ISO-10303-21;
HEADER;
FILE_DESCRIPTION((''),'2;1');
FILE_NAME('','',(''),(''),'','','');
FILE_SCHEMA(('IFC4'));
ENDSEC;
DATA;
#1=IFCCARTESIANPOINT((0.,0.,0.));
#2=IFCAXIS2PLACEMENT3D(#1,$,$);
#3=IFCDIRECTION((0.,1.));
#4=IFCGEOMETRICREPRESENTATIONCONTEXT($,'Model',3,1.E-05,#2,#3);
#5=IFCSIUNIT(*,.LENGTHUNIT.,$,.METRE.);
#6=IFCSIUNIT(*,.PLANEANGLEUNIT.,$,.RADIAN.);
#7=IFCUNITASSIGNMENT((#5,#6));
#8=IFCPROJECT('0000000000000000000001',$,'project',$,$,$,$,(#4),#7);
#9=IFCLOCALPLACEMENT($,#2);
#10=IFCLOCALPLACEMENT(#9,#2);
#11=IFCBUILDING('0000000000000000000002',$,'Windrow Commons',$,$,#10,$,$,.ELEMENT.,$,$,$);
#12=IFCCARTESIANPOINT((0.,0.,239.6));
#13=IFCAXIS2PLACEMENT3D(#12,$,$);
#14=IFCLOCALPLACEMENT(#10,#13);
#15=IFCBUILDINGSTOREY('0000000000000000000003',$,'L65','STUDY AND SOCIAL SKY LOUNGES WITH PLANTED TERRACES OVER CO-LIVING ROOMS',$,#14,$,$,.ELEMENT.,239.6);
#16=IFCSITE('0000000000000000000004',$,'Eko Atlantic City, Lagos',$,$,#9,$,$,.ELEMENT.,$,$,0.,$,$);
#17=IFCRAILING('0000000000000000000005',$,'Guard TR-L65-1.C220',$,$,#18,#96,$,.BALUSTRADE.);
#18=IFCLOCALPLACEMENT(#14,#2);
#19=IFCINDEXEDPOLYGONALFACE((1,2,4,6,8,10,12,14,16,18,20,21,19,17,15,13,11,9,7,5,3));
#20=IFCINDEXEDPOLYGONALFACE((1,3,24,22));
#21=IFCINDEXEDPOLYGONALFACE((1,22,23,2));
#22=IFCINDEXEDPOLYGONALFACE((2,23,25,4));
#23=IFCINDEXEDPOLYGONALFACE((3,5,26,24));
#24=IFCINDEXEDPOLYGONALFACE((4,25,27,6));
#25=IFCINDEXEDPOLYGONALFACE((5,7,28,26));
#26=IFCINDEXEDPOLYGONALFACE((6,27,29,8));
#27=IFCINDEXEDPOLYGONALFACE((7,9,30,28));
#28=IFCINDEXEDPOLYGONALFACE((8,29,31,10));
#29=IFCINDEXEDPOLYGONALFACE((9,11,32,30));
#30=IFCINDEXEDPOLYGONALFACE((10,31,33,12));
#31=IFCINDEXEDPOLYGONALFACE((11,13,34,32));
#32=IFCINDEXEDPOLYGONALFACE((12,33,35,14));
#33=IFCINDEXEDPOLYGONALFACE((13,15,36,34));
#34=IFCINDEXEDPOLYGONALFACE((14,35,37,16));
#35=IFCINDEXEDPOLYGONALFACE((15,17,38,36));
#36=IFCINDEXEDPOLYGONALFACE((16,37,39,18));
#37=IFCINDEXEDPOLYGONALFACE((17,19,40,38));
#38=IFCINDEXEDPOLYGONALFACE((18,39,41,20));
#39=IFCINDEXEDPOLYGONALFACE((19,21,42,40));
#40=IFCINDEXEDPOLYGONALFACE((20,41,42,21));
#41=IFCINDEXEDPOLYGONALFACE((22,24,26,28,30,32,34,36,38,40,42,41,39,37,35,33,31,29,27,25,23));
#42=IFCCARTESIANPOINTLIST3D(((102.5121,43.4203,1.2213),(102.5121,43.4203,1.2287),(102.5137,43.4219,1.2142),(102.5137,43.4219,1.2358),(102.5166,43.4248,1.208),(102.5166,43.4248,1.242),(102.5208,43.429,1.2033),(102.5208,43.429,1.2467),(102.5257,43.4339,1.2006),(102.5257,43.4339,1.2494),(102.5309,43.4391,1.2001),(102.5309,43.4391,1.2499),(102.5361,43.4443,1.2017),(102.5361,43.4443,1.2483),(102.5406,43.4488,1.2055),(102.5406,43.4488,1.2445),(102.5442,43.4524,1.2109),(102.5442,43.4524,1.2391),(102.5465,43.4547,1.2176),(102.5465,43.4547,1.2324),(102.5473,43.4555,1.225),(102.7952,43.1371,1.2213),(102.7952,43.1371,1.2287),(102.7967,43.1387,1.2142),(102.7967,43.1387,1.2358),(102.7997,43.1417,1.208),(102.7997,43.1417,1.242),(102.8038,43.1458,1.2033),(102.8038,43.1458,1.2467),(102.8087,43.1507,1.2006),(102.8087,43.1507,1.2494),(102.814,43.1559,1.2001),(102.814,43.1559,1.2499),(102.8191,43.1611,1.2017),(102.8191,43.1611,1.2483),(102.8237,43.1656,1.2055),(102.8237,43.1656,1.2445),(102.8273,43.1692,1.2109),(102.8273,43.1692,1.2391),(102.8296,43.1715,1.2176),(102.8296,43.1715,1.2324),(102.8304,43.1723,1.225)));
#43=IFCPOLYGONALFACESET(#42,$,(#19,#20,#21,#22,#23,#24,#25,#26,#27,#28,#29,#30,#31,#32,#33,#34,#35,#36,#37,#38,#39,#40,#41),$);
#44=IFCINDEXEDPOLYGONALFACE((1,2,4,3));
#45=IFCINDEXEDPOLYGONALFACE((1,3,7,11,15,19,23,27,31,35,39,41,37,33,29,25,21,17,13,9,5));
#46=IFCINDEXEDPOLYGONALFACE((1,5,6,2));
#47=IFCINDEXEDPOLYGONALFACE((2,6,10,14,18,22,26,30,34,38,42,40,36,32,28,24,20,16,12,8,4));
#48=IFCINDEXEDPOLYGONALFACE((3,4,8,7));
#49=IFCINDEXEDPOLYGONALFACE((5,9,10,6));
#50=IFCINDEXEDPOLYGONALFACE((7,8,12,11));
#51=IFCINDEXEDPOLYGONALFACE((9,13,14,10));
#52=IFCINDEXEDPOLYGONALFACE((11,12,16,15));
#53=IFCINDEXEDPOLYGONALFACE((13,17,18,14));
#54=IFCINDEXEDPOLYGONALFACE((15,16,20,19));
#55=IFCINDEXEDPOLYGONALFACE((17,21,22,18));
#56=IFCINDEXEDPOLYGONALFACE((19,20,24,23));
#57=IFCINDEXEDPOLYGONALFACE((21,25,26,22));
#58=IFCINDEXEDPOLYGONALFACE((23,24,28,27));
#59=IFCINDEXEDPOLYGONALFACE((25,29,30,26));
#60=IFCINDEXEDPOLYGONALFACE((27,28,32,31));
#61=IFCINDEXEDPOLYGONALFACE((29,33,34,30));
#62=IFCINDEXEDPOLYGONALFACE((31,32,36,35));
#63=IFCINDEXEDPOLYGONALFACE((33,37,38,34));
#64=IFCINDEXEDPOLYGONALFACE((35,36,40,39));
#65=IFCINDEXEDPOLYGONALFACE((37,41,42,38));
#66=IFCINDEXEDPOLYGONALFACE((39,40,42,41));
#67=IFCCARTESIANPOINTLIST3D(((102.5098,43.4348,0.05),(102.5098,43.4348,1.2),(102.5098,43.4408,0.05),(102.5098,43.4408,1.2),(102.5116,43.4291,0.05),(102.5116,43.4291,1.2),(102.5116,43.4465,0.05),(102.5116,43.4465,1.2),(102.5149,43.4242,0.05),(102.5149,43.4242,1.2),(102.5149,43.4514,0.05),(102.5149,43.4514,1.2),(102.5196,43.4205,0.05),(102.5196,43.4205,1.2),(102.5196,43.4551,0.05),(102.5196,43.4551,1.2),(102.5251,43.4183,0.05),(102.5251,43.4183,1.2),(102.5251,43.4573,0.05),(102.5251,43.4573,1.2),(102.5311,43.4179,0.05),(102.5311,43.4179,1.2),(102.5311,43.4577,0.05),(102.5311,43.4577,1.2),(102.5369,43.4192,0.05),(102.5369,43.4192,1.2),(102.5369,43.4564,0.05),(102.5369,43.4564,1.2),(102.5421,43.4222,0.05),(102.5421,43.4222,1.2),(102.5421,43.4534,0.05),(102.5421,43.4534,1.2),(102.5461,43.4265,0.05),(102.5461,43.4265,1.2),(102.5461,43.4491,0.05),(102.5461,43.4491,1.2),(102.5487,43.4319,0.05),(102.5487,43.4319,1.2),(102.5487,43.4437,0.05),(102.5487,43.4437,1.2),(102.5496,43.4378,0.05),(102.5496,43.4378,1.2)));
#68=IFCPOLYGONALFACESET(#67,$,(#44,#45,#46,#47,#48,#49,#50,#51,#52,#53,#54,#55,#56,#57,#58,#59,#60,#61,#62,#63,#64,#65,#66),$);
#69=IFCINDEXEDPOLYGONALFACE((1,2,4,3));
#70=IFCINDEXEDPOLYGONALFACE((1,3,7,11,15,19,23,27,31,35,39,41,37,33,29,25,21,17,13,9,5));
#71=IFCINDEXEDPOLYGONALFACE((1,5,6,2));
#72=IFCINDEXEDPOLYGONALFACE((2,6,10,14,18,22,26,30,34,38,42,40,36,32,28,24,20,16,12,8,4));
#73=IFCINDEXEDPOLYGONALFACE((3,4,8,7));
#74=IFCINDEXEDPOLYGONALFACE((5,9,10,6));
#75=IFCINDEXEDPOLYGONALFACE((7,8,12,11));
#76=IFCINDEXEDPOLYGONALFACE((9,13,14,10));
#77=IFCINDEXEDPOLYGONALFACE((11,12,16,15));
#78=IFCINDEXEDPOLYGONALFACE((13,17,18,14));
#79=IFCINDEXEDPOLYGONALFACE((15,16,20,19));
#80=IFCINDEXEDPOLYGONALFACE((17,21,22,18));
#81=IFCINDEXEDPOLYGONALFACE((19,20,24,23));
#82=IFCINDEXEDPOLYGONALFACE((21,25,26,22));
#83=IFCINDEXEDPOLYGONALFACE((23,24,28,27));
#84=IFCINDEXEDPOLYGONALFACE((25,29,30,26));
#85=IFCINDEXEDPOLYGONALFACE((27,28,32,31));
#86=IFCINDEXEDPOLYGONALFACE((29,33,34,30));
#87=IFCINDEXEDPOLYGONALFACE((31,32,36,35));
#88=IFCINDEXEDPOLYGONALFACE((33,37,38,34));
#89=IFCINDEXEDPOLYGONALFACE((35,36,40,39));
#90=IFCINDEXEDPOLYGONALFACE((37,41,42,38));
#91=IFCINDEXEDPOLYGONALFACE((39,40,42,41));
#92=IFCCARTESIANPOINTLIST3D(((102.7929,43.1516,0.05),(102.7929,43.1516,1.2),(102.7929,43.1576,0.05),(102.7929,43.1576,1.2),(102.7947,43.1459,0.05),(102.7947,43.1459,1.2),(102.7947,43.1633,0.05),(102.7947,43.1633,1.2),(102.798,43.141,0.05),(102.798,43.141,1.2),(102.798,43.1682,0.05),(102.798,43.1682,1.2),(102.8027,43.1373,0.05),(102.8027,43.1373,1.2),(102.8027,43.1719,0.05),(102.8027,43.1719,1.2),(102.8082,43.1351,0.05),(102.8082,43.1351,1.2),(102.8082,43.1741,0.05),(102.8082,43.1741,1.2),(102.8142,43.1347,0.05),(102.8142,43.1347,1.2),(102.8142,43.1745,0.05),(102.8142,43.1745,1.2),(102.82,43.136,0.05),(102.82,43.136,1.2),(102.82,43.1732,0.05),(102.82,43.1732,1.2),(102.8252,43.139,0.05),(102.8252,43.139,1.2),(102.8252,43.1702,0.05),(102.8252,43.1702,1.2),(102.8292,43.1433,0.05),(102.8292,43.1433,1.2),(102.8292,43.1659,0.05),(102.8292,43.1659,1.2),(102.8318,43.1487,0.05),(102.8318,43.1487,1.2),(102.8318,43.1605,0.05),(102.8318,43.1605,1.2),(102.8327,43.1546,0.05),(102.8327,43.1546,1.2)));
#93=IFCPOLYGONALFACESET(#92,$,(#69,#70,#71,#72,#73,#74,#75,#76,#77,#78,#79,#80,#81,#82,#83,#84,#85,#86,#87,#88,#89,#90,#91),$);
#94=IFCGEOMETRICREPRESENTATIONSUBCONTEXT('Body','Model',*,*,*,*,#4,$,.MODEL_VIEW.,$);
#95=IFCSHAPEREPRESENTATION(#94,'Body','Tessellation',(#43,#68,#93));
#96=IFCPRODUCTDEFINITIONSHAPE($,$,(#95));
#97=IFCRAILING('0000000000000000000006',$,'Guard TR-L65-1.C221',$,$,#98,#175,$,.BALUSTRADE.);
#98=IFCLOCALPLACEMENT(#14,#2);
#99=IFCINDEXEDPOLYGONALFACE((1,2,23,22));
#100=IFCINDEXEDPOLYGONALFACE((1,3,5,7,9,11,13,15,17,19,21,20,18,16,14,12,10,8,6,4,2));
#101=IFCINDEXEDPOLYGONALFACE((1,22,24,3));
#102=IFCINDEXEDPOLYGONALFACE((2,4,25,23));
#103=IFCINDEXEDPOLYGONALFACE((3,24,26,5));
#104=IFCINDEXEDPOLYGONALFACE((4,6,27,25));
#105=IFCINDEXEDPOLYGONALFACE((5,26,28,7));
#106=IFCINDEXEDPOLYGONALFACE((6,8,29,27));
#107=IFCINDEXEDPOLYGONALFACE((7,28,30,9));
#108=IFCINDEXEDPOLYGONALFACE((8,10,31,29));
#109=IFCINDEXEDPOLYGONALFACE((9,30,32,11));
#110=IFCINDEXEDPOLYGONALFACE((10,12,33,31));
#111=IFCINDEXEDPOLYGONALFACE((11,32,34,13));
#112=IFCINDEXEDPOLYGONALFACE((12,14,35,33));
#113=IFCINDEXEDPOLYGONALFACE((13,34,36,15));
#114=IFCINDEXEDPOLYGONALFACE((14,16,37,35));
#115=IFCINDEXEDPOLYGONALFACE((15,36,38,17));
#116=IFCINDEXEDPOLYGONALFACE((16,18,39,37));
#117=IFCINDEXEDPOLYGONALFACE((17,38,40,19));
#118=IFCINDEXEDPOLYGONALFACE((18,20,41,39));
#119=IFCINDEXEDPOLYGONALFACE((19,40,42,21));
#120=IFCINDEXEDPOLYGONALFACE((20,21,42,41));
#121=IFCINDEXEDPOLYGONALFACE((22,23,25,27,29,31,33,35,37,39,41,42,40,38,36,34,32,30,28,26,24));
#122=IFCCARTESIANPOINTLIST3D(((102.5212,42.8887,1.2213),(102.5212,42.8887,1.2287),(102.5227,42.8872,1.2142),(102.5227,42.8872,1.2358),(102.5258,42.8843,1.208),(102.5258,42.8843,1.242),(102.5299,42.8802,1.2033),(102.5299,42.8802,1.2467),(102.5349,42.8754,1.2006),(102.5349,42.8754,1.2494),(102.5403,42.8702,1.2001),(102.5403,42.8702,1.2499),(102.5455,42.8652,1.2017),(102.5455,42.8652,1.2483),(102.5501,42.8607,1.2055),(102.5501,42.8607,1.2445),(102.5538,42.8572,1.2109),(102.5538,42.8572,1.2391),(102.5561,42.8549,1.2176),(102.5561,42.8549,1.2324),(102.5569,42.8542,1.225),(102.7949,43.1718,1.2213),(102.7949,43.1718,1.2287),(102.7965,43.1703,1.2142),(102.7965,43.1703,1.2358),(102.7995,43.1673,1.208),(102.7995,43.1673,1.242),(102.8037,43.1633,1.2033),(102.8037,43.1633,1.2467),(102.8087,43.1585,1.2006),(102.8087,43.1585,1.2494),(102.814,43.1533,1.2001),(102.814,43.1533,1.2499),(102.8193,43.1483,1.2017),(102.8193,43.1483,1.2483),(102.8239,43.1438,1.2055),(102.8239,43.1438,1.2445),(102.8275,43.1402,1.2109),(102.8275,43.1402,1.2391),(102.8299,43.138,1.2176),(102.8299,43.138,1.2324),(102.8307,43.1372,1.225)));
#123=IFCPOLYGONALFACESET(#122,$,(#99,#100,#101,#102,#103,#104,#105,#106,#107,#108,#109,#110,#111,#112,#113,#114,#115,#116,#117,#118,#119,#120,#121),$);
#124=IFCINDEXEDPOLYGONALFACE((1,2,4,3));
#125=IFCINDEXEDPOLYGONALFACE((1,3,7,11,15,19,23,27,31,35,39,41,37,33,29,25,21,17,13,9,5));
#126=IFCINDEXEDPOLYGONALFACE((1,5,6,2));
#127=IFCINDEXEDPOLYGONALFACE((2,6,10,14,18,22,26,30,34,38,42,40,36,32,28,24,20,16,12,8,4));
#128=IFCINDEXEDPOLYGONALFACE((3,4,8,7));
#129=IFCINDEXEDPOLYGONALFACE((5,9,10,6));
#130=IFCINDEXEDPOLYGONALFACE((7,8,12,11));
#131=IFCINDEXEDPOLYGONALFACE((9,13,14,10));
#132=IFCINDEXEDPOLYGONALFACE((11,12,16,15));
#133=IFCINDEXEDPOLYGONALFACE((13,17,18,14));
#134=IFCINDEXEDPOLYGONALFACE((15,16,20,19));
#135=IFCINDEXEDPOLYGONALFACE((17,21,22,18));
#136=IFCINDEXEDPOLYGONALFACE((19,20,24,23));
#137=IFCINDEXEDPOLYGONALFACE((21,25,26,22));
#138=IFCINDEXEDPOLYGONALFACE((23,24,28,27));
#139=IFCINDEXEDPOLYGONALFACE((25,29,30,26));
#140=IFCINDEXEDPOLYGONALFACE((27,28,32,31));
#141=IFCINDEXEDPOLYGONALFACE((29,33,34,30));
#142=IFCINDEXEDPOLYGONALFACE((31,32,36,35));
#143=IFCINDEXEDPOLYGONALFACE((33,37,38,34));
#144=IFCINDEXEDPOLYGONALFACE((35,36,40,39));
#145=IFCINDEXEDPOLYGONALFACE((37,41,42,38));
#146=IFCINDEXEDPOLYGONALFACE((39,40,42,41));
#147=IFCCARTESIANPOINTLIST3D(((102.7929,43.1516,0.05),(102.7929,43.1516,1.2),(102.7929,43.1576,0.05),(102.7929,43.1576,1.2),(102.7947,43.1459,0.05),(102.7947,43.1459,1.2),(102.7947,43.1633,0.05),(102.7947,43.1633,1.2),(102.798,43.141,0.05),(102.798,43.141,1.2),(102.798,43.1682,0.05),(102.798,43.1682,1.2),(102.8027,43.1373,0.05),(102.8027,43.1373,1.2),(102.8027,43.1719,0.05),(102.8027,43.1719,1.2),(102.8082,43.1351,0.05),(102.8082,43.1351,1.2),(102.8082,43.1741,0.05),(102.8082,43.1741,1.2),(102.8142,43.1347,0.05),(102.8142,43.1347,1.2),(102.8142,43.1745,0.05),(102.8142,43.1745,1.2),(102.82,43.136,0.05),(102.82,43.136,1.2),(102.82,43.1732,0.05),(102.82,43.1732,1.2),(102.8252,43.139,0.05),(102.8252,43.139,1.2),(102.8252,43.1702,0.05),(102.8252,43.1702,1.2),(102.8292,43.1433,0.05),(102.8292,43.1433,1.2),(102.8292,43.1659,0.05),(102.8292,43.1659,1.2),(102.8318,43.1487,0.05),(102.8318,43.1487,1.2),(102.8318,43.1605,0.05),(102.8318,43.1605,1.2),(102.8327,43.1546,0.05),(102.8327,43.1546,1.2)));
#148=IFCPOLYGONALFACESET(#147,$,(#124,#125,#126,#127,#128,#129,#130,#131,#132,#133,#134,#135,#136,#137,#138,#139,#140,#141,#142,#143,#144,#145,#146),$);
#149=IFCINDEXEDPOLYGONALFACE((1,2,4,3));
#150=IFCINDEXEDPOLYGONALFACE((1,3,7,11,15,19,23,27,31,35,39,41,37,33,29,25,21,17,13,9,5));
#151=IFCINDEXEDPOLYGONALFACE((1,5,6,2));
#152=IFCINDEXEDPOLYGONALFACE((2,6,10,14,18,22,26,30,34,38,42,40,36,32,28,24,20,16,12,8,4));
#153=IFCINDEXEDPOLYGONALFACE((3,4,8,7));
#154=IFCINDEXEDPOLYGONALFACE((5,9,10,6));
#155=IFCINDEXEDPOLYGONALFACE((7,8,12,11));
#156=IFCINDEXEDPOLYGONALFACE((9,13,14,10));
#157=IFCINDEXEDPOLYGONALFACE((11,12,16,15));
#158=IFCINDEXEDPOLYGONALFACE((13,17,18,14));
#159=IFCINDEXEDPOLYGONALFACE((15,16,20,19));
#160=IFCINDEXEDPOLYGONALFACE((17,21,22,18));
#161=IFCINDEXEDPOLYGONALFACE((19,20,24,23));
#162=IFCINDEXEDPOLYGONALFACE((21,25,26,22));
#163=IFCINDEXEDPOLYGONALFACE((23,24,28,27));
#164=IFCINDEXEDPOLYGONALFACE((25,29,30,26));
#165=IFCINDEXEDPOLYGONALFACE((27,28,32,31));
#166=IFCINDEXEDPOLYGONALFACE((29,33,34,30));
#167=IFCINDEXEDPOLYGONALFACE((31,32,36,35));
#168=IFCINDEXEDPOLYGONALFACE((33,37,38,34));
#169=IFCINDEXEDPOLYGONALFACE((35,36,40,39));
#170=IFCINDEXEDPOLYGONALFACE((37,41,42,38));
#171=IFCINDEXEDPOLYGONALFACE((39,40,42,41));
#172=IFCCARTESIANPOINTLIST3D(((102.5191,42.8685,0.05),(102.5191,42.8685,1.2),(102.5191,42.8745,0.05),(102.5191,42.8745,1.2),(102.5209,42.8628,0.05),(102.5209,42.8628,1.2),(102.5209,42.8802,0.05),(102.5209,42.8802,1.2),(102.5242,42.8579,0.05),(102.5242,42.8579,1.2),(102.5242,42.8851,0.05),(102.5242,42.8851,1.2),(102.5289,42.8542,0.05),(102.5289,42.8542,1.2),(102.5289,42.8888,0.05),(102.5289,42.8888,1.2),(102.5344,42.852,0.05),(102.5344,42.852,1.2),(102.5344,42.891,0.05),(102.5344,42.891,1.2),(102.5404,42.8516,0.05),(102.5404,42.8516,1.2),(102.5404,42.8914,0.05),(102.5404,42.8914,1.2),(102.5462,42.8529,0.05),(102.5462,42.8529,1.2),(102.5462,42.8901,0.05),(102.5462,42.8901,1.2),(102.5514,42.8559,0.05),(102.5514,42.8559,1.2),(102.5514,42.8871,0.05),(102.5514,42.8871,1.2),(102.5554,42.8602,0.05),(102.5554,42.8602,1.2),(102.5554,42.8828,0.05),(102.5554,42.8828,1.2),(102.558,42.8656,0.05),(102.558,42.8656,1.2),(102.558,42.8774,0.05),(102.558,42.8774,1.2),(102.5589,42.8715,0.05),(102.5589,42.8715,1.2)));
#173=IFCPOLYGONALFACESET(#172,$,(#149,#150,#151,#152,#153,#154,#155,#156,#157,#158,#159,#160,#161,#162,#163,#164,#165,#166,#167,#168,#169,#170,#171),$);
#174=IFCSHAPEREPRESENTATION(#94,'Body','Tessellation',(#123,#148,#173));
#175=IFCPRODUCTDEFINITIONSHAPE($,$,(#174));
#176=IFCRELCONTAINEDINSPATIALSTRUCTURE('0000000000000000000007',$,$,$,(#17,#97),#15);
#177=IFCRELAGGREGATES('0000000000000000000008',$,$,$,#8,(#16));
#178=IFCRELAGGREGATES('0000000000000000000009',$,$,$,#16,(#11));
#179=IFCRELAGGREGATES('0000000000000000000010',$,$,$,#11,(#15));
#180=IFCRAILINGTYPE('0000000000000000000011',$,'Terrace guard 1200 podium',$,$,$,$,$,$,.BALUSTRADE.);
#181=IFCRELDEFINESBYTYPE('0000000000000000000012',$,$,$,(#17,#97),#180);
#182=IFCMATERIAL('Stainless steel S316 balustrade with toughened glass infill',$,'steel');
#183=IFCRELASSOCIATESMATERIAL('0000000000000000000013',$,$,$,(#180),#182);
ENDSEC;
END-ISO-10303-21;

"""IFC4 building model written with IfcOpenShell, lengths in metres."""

from ifc_helpers import new_model, si_unit, direction, frame, origin, origin_2d, place, context, subcontext, project, spatial, circle, extrude, material, type_object, element, save


model = new_model("IFC4")

# Units and contexts
model_context = context("Model", 3, precision=1e-05, world=origin(), true_north=direction((0.0, 1.0)))
body_context = subcontext(model_context, "Body", "Model", "MODEL_VIEW")
ifc_project = project(units=[si_unit("LENGTHUNIT", "METRE"), si_unit("PLANEANGLEUNIT", "RADIAN")], contexts=[model_context])

# Site, building, storey
site_placement = place(None, origin())
site = spatial("IfcSite", under=ifc_project, at=site_placement, Name="Eko Atlantic City, Lagos", CompositionType="ELEMENT", RefElevation=0.0)
building_placement = place(site_placement, origin())
building = spatial("IfcBuilding", under=site, at=building_placement, Name="Windrow Commons", CompositionType="ELEMENT")
storey_placement = place(building_placement, frame((0.0, 0.0, 239.6)))
storey = spatial("IfcBuildingStorey", under=building, at=storey_placement, Name="L65", Description="STUDY AND SOCIAL SKY LOUNGES WITH PLANTED TERRACES OVER CO-LIVING ROOMS", CompositionType="ELEMENT", Elevation=239.6)

# Railings
ifc_material_1 = material(Name="Stainless steel S316 balustrade with toughened glass infill", Category="steel")
railing_type = type_object("IfcRailingType", Name="Terrace guard 1200 podium", PredefinedType="BALUSTRADE", material=ifc_material_1)
railing_1_placement = place(storey_placement, frame((102.5296, 43.4378, 0.05)))
element("IfcRailing", 1, at=railing_1_placement, inside=storey, type_object=railing_type, Name="Guard TR-L65-1.C220", PredefinedType="BALUSTRADE", context=body_context, shape_type="SweptSolid", body=[
    extrude(circle(Radius=0.025, at=origin_2d()), frame((0.0, 0.0, 1.175), z_axis=(0.706982, -0.707232, 0.0), x_axis=(0.707232, 0.706982, 0.0)), (0.0, 0.0, 1.0), 0.4004),
    extrude(circle(Radius=0.02, at=origin_2d()), origin(), (0.0, 0.0, 1.0), 1.15),
    extrude(circle(Radius=0.02, at=origin_2d()), frame((0.2831, -0.2832, 0.0)), (0.0, 0.0, 1.0), 1.15),
])
railing_2_placement = place(storey_placement, frame((102.8127, 43.1546, 0.05)))
element("IfcRailing", 2, at=railing_2_placement, inside=storey, type_object=railing_type, Name="Guard TR-L65-1.C221", PredefinedType="BALUSTRADE", context=body_context, shape_type="SweptSolid", body=[
    extrude(circle(Radius=0.025, at=origin_2d()), frame((0.0, 0.0, 1.175), z_axis=(-0.695201, -0.718815, 0.0), x_axis=(0.718815, -0.695201, 0.0)), (0.0, 0.0, 1.0), 0.3938),
    extrude(circle(Radius=0.02, at=origin_2d()), origin(), (0.0, 0.0, 1.0), 1.15),
    extrude(circle(Radius=0.02, at=origin_2d()), frame((-0.2738, -0.2831, 0.0)), (0.0, 0.0, 1.0), 1.15),
])

save(model, "model.ifc")
